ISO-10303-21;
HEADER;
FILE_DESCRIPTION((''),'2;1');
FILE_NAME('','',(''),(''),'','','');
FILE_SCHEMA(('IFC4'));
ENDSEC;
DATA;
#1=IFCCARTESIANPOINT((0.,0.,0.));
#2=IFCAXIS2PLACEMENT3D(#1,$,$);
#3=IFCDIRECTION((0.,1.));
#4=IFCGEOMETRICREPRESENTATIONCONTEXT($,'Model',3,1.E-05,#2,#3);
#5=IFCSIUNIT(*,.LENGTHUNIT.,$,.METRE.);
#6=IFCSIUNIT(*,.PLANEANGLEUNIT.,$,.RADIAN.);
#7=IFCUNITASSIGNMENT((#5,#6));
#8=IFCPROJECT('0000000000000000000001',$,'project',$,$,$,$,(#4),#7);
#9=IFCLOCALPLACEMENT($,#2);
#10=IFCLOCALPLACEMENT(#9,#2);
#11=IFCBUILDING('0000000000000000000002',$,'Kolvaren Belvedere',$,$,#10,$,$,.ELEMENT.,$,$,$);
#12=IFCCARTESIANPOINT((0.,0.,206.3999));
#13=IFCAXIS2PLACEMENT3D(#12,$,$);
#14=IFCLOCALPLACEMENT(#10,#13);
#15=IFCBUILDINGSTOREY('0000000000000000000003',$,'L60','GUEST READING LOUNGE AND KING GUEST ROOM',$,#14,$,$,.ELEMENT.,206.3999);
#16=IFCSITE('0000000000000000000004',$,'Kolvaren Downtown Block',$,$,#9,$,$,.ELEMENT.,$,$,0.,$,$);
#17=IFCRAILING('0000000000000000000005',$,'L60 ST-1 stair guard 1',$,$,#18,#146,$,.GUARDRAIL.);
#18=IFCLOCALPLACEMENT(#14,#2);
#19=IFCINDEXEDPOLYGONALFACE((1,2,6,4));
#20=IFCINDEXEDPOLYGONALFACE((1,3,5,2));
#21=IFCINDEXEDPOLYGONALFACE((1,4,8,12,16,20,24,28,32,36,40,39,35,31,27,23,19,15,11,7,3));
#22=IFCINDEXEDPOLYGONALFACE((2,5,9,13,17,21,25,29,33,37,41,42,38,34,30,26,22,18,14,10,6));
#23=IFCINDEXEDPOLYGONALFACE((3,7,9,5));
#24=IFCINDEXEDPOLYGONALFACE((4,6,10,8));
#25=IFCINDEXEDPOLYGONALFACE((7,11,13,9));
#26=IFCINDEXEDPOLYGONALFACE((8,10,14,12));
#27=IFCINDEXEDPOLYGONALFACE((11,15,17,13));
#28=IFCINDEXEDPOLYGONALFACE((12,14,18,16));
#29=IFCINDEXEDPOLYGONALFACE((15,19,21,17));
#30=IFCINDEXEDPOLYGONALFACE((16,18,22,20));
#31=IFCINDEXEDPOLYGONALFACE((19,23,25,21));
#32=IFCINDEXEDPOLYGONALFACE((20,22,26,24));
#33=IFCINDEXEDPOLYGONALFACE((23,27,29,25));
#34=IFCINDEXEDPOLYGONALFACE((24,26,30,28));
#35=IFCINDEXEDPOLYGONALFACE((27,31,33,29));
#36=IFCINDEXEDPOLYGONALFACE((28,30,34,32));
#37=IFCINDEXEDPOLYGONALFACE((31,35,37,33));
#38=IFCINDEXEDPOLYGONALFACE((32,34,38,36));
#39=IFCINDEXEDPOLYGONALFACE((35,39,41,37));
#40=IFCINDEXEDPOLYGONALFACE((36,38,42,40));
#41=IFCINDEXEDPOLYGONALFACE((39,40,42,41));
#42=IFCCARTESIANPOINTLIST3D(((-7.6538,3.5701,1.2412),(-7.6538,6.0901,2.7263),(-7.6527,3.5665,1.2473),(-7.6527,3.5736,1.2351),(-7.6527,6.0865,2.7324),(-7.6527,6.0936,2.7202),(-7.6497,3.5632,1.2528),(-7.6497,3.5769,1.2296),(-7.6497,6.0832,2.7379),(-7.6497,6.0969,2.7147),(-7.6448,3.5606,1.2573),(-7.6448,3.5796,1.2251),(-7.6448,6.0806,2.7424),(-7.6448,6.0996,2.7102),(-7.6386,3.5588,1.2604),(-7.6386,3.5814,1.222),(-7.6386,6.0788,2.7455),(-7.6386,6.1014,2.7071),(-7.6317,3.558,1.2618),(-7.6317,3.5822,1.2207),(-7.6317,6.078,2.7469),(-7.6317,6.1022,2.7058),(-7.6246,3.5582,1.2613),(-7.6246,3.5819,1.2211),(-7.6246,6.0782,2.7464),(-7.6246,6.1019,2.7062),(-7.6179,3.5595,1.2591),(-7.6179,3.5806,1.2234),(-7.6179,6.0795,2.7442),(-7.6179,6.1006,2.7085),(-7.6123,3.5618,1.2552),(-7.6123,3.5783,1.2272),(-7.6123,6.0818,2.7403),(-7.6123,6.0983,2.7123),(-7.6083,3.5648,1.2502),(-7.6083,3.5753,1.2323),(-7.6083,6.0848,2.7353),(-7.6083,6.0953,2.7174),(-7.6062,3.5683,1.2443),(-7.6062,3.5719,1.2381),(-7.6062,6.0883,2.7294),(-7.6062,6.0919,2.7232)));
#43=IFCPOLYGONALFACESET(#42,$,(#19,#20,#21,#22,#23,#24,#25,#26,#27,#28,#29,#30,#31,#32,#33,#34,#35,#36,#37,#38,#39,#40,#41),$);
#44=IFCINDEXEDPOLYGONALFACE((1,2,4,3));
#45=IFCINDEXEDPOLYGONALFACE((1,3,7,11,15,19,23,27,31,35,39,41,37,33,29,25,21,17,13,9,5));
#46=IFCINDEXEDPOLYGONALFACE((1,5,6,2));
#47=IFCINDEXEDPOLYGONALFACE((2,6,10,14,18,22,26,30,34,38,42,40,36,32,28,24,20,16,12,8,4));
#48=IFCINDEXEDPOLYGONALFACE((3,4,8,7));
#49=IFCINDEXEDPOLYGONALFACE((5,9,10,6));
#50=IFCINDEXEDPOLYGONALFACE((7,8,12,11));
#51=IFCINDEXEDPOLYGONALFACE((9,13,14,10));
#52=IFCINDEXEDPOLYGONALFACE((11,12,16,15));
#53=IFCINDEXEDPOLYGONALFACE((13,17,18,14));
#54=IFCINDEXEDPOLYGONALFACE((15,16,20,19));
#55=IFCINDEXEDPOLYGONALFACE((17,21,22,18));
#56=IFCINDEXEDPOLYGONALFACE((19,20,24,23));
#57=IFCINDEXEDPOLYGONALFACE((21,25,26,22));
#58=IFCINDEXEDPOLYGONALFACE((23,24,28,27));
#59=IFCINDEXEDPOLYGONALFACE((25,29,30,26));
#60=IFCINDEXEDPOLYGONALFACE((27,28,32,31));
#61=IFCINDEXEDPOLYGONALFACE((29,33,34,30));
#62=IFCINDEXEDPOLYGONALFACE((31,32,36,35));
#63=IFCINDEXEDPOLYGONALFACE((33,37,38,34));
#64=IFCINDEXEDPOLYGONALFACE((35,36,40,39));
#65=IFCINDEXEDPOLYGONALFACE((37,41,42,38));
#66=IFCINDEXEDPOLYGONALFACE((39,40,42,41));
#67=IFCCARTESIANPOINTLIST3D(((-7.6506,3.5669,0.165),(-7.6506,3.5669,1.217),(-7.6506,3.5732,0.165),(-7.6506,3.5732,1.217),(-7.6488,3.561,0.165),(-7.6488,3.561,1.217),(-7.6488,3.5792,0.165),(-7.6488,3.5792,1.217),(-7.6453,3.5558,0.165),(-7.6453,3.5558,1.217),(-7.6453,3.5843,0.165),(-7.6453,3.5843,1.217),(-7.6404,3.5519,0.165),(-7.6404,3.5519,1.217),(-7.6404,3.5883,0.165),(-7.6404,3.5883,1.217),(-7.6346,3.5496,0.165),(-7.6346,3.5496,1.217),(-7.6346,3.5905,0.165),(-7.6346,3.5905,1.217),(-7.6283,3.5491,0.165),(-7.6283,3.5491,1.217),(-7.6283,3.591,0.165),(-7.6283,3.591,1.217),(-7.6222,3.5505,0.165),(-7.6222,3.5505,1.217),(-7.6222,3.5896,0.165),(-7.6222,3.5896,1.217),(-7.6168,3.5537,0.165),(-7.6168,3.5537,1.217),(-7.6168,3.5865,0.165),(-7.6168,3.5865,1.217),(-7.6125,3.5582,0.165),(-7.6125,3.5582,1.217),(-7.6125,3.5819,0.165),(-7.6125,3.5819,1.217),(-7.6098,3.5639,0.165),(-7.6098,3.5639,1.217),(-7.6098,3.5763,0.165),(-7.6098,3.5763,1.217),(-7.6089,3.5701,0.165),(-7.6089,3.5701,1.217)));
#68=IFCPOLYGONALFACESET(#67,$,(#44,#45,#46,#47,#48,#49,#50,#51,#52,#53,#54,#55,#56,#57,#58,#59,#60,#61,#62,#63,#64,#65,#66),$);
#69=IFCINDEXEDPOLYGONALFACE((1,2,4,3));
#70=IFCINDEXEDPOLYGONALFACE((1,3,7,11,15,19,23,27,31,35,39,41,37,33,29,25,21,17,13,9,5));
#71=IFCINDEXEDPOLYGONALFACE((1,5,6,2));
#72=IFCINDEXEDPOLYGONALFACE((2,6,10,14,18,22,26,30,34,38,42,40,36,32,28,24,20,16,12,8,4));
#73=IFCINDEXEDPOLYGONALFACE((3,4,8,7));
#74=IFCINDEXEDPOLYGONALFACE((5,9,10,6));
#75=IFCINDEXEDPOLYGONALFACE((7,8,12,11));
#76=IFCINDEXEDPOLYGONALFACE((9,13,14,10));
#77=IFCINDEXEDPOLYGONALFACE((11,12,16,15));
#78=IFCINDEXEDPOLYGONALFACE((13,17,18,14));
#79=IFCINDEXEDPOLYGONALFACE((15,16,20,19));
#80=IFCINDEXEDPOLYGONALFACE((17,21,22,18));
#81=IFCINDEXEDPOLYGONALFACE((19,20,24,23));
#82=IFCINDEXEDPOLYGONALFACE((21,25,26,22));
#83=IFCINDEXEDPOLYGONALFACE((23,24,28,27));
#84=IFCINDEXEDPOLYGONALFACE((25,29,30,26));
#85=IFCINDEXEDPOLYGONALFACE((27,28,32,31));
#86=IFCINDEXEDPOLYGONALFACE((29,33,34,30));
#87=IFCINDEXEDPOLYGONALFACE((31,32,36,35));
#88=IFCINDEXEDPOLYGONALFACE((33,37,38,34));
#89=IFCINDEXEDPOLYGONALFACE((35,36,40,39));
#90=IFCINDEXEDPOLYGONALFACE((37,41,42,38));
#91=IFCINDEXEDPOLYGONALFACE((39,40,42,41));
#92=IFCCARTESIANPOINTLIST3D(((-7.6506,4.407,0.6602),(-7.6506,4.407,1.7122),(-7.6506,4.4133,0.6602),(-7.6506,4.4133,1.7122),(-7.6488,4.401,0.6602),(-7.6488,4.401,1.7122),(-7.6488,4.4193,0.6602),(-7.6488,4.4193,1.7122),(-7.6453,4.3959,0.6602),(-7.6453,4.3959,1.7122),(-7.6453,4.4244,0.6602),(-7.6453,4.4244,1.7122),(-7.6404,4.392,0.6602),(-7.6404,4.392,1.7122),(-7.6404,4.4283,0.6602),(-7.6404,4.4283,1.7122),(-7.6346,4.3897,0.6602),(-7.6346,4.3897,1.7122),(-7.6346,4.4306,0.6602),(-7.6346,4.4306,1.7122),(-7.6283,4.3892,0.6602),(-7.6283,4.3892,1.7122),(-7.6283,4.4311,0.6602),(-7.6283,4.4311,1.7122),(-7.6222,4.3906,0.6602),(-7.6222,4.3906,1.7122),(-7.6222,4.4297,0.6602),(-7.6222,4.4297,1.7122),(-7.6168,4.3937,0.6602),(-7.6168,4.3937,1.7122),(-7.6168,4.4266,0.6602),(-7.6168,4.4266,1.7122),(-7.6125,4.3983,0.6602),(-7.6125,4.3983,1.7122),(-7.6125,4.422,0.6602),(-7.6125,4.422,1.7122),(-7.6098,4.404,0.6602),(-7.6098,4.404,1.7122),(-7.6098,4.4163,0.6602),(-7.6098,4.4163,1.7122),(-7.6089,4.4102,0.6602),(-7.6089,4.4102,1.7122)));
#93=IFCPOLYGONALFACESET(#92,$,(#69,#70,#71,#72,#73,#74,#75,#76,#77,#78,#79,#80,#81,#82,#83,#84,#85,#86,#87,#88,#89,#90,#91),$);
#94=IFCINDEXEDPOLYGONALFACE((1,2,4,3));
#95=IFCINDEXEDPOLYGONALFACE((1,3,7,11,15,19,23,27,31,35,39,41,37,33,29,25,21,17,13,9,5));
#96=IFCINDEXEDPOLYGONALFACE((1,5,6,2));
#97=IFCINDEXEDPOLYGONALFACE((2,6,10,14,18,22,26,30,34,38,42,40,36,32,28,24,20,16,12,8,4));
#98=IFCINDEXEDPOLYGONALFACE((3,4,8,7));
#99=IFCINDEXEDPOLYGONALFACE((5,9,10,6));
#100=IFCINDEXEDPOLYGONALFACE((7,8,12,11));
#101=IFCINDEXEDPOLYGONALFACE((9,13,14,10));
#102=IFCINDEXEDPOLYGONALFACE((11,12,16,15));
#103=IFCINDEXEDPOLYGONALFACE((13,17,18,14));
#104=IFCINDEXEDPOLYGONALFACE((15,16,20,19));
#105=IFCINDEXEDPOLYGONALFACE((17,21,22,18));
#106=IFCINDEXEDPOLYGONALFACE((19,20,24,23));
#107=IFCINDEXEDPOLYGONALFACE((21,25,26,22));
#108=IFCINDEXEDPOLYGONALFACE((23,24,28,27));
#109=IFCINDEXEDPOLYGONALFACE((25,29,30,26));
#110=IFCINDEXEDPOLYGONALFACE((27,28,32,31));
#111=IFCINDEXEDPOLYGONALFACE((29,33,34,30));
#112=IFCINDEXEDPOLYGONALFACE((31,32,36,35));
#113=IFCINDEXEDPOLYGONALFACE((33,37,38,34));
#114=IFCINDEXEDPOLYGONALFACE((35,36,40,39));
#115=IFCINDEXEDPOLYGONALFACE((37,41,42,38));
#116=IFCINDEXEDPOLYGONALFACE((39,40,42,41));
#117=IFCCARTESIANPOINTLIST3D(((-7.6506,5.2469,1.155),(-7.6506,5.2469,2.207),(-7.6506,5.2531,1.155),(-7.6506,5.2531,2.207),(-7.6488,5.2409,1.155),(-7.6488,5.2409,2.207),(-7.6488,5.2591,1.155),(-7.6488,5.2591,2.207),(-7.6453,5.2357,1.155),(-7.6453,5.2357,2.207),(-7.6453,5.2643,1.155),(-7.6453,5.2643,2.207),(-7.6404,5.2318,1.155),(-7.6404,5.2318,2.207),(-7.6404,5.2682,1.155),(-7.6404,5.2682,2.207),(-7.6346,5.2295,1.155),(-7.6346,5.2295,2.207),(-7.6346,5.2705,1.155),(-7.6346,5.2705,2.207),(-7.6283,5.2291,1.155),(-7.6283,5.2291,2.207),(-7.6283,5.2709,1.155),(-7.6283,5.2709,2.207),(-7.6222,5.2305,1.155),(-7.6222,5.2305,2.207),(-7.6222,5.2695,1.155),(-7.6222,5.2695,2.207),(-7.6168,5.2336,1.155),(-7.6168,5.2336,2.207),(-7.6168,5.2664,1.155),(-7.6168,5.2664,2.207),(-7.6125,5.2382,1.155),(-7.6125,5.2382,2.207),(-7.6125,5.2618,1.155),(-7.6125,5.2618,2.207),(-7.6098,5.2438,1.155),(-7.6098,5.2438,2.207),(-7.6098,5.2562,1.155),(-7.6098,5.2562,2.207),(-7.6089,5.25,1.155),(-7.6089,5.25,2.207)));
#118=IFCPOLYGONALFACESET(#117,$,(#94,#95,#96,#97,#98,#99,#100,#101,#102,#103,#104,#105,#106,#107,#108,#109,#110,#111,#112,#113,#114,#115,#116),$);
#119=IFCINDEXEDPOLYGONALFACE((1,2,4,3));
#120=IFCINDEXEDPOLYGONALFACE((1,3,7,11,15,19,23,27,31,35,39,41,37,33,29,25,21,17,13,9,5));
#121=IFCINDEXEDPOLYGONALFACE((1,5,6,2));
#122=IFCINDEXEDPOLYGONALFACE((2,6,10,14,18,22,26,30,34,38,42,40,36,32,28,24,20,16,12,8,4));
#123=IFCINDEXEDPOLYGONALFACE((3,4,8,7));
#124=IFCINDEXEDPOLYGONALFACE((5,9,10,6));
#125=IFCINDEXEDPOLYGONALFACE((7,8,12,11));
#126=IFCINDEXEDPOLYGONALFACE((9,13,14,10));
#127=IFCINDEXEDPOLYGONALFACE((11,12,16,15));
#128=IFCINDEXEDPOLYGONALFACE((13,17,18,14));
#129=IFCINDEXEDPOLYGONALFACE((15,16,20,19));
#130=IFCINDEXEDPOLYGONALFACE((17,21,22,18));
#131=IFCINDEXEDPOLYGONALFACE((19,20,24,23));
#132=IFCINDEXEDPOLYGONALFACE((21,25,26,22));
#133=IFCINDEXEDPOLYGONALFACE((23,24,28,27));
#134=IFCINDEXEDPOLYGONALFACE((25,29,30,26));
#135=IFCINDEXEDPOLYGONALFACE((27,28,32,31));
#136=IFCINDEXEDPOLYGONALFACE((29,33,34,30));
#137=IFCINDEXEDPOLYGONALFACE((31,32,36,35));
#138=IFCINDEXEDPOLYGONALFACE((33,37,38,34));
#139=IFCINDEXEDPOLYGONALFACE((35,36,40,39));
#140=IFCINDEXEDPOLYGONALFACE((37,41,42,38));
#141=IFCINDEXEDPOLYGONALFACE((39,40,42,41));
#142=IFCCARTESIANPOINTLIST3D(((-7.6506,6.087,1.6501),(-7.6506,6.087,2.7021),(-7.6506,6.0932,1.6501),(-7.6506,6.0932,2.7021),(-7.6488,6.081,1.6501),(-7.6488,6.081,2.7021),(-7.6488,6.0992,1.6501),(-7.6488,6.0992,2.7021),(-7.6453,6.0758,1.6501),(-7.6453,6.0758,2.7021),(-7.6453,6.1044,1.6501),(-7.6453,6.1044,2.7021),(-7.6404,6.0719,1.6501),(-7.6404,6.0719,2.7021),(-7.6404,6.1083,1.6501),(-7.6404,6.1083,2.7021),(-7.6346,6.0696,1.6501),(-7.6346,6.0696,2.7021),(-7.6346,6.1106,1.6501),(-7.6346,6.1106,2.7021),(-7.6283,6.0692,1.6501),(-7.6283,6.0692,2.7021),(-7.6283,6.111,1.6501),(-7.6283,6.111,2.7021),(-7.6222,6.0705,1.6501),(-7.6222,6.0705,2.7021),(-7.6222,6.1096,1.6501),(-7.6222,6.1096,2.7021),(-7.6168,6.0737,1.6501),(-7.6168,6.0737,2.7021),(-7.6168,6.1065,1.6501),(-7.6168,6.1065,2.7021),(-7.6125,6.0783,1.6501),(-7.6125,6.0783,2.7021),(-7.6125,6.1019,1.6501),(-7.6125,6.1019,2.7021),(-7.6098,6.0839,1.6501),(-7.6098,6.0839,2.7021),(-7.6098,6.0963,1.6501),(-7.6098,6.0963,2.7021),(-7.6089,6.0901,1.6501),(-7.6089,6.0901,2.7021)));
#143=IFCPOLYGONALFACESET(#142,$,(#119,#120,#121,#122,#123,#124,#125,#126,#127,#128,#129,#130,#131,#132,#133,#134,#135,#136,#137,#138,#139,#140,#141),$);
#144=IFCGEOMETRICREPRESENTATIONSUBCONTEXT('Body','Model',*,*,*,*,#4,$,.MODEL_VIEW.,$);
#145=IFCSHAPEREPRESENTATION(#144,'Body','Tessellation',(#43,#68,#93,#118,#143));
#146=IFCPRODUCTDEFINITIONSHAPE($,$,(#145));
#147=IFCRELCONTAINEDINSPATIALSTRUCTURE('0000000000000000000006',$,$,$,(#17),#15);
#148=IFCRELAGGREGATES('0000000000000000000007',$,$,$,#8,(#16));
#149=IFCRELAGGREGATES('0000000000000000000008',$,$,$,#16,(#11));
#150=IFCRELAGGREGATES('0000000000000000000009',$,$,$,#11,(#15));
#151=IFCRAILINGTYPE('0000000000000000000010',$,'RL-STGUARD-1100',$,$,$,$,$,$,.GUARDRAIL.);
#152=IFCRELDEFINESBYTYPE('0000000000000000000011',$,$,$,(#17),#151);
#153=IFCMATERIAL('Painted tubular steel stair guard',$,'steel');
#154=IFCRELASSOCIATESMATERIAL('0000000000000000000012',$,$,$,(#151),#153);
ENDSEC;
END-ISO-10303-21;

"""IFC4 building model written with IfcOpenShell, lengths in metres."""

from ifc_helpers import new_model, si_unit, direction, frame, origin, origin_2d, place, context, subcontext, project, spatial, circle, extrude, material, type_object, element, save


model = new_model("IFC4")

# Units and contexts
model_context = context("Model", 3, precision=1e-05, world=origin(), true_north=direction((0.0, 1.0)))
body_context = subcontext(model_context, "Body", "Model", "MODEL_VIEW")
ifc_project = project(units=[si_unit("LENGTHUNIT", "METRE"), si_unit("PLANEANGLEUNIT", "RADIAN")], contexts=[model_context])

# Site, building, storey
site_placement = place(None, origin())
site = spatial("IfcSite", under=ifc_project, at=site_placement, Name="Kolvaren Downtown Block", CompositionType="ELEMENT", RefElevation=0.0)
building_placement = place(site_placement, origin())
building = spatial("IfcBuilding", under=site, at=building_placement, Name="Kolvaren Belvedere", CompositionType="ELEMENT")
storey_placement = place(building_placement, frame((0.0, 0.0, 206.3999)))
storey = spatial("IfcBuildingStorey", under=building, at=storey_placement, Name="L60", Description="GUEST READING LOUNGE AND KING GUEST ROOM", CompositionType="ELEMENT", Elevation=206.3999)

# Railing
ifc_material_1 = material(Name="Painted tubular steel stair guard", Category="steel")
railing_type_1 = type_object("IfcRailingType", Name="RL-STGUARD-1100", PredefinedType="GUARDRAIL", material=ifc_material_1)
railing_1_placement = place(storey_placement, frame((-7.6299, 3.5701, 0.165)))
element("IfcRailing", 1, at=railing_1_placement, inside=storey, type_object=railing_type_1, Name="L60 ST-1 stair guard 1", PredefinedType="GUARDRAIL", context=body_context, shape_type="SweptSolid", body=[
    extrude(circle(Radius=0.0239, at=origin_2d()), frame((0.0, 0.0, 1.0762), z_axis=(0.0, 0.861524, 0.507717), x_axis=(-1.0, 0.0, 0.0)), (0.0, 0.0, 1.0), 2.925),
    extrude(circle(Radius=0.021, at=origin_2d()), origin(), (0.0, 0.0, 1.0), 1.052),
    extrude(circle(Radius=0.021, at=origin_2d()), frame((0.0, 0.8401, 0.4951)), (0.0, 0.0, 1.0), 1.052),
    extrude(circle(Radius=0.021, at=origin_2d()), frame((0.0, 1.6799, 0.99)), (0.0, 0.0, 1.0), 1.052),
    extrude(circle(Radius=0.021, at=origin_2d()), frame((0.0, 2.52, 1.4851)), (0.0, 0.0, 1.0), 1.052),
])

save(model, "model.ifc")
